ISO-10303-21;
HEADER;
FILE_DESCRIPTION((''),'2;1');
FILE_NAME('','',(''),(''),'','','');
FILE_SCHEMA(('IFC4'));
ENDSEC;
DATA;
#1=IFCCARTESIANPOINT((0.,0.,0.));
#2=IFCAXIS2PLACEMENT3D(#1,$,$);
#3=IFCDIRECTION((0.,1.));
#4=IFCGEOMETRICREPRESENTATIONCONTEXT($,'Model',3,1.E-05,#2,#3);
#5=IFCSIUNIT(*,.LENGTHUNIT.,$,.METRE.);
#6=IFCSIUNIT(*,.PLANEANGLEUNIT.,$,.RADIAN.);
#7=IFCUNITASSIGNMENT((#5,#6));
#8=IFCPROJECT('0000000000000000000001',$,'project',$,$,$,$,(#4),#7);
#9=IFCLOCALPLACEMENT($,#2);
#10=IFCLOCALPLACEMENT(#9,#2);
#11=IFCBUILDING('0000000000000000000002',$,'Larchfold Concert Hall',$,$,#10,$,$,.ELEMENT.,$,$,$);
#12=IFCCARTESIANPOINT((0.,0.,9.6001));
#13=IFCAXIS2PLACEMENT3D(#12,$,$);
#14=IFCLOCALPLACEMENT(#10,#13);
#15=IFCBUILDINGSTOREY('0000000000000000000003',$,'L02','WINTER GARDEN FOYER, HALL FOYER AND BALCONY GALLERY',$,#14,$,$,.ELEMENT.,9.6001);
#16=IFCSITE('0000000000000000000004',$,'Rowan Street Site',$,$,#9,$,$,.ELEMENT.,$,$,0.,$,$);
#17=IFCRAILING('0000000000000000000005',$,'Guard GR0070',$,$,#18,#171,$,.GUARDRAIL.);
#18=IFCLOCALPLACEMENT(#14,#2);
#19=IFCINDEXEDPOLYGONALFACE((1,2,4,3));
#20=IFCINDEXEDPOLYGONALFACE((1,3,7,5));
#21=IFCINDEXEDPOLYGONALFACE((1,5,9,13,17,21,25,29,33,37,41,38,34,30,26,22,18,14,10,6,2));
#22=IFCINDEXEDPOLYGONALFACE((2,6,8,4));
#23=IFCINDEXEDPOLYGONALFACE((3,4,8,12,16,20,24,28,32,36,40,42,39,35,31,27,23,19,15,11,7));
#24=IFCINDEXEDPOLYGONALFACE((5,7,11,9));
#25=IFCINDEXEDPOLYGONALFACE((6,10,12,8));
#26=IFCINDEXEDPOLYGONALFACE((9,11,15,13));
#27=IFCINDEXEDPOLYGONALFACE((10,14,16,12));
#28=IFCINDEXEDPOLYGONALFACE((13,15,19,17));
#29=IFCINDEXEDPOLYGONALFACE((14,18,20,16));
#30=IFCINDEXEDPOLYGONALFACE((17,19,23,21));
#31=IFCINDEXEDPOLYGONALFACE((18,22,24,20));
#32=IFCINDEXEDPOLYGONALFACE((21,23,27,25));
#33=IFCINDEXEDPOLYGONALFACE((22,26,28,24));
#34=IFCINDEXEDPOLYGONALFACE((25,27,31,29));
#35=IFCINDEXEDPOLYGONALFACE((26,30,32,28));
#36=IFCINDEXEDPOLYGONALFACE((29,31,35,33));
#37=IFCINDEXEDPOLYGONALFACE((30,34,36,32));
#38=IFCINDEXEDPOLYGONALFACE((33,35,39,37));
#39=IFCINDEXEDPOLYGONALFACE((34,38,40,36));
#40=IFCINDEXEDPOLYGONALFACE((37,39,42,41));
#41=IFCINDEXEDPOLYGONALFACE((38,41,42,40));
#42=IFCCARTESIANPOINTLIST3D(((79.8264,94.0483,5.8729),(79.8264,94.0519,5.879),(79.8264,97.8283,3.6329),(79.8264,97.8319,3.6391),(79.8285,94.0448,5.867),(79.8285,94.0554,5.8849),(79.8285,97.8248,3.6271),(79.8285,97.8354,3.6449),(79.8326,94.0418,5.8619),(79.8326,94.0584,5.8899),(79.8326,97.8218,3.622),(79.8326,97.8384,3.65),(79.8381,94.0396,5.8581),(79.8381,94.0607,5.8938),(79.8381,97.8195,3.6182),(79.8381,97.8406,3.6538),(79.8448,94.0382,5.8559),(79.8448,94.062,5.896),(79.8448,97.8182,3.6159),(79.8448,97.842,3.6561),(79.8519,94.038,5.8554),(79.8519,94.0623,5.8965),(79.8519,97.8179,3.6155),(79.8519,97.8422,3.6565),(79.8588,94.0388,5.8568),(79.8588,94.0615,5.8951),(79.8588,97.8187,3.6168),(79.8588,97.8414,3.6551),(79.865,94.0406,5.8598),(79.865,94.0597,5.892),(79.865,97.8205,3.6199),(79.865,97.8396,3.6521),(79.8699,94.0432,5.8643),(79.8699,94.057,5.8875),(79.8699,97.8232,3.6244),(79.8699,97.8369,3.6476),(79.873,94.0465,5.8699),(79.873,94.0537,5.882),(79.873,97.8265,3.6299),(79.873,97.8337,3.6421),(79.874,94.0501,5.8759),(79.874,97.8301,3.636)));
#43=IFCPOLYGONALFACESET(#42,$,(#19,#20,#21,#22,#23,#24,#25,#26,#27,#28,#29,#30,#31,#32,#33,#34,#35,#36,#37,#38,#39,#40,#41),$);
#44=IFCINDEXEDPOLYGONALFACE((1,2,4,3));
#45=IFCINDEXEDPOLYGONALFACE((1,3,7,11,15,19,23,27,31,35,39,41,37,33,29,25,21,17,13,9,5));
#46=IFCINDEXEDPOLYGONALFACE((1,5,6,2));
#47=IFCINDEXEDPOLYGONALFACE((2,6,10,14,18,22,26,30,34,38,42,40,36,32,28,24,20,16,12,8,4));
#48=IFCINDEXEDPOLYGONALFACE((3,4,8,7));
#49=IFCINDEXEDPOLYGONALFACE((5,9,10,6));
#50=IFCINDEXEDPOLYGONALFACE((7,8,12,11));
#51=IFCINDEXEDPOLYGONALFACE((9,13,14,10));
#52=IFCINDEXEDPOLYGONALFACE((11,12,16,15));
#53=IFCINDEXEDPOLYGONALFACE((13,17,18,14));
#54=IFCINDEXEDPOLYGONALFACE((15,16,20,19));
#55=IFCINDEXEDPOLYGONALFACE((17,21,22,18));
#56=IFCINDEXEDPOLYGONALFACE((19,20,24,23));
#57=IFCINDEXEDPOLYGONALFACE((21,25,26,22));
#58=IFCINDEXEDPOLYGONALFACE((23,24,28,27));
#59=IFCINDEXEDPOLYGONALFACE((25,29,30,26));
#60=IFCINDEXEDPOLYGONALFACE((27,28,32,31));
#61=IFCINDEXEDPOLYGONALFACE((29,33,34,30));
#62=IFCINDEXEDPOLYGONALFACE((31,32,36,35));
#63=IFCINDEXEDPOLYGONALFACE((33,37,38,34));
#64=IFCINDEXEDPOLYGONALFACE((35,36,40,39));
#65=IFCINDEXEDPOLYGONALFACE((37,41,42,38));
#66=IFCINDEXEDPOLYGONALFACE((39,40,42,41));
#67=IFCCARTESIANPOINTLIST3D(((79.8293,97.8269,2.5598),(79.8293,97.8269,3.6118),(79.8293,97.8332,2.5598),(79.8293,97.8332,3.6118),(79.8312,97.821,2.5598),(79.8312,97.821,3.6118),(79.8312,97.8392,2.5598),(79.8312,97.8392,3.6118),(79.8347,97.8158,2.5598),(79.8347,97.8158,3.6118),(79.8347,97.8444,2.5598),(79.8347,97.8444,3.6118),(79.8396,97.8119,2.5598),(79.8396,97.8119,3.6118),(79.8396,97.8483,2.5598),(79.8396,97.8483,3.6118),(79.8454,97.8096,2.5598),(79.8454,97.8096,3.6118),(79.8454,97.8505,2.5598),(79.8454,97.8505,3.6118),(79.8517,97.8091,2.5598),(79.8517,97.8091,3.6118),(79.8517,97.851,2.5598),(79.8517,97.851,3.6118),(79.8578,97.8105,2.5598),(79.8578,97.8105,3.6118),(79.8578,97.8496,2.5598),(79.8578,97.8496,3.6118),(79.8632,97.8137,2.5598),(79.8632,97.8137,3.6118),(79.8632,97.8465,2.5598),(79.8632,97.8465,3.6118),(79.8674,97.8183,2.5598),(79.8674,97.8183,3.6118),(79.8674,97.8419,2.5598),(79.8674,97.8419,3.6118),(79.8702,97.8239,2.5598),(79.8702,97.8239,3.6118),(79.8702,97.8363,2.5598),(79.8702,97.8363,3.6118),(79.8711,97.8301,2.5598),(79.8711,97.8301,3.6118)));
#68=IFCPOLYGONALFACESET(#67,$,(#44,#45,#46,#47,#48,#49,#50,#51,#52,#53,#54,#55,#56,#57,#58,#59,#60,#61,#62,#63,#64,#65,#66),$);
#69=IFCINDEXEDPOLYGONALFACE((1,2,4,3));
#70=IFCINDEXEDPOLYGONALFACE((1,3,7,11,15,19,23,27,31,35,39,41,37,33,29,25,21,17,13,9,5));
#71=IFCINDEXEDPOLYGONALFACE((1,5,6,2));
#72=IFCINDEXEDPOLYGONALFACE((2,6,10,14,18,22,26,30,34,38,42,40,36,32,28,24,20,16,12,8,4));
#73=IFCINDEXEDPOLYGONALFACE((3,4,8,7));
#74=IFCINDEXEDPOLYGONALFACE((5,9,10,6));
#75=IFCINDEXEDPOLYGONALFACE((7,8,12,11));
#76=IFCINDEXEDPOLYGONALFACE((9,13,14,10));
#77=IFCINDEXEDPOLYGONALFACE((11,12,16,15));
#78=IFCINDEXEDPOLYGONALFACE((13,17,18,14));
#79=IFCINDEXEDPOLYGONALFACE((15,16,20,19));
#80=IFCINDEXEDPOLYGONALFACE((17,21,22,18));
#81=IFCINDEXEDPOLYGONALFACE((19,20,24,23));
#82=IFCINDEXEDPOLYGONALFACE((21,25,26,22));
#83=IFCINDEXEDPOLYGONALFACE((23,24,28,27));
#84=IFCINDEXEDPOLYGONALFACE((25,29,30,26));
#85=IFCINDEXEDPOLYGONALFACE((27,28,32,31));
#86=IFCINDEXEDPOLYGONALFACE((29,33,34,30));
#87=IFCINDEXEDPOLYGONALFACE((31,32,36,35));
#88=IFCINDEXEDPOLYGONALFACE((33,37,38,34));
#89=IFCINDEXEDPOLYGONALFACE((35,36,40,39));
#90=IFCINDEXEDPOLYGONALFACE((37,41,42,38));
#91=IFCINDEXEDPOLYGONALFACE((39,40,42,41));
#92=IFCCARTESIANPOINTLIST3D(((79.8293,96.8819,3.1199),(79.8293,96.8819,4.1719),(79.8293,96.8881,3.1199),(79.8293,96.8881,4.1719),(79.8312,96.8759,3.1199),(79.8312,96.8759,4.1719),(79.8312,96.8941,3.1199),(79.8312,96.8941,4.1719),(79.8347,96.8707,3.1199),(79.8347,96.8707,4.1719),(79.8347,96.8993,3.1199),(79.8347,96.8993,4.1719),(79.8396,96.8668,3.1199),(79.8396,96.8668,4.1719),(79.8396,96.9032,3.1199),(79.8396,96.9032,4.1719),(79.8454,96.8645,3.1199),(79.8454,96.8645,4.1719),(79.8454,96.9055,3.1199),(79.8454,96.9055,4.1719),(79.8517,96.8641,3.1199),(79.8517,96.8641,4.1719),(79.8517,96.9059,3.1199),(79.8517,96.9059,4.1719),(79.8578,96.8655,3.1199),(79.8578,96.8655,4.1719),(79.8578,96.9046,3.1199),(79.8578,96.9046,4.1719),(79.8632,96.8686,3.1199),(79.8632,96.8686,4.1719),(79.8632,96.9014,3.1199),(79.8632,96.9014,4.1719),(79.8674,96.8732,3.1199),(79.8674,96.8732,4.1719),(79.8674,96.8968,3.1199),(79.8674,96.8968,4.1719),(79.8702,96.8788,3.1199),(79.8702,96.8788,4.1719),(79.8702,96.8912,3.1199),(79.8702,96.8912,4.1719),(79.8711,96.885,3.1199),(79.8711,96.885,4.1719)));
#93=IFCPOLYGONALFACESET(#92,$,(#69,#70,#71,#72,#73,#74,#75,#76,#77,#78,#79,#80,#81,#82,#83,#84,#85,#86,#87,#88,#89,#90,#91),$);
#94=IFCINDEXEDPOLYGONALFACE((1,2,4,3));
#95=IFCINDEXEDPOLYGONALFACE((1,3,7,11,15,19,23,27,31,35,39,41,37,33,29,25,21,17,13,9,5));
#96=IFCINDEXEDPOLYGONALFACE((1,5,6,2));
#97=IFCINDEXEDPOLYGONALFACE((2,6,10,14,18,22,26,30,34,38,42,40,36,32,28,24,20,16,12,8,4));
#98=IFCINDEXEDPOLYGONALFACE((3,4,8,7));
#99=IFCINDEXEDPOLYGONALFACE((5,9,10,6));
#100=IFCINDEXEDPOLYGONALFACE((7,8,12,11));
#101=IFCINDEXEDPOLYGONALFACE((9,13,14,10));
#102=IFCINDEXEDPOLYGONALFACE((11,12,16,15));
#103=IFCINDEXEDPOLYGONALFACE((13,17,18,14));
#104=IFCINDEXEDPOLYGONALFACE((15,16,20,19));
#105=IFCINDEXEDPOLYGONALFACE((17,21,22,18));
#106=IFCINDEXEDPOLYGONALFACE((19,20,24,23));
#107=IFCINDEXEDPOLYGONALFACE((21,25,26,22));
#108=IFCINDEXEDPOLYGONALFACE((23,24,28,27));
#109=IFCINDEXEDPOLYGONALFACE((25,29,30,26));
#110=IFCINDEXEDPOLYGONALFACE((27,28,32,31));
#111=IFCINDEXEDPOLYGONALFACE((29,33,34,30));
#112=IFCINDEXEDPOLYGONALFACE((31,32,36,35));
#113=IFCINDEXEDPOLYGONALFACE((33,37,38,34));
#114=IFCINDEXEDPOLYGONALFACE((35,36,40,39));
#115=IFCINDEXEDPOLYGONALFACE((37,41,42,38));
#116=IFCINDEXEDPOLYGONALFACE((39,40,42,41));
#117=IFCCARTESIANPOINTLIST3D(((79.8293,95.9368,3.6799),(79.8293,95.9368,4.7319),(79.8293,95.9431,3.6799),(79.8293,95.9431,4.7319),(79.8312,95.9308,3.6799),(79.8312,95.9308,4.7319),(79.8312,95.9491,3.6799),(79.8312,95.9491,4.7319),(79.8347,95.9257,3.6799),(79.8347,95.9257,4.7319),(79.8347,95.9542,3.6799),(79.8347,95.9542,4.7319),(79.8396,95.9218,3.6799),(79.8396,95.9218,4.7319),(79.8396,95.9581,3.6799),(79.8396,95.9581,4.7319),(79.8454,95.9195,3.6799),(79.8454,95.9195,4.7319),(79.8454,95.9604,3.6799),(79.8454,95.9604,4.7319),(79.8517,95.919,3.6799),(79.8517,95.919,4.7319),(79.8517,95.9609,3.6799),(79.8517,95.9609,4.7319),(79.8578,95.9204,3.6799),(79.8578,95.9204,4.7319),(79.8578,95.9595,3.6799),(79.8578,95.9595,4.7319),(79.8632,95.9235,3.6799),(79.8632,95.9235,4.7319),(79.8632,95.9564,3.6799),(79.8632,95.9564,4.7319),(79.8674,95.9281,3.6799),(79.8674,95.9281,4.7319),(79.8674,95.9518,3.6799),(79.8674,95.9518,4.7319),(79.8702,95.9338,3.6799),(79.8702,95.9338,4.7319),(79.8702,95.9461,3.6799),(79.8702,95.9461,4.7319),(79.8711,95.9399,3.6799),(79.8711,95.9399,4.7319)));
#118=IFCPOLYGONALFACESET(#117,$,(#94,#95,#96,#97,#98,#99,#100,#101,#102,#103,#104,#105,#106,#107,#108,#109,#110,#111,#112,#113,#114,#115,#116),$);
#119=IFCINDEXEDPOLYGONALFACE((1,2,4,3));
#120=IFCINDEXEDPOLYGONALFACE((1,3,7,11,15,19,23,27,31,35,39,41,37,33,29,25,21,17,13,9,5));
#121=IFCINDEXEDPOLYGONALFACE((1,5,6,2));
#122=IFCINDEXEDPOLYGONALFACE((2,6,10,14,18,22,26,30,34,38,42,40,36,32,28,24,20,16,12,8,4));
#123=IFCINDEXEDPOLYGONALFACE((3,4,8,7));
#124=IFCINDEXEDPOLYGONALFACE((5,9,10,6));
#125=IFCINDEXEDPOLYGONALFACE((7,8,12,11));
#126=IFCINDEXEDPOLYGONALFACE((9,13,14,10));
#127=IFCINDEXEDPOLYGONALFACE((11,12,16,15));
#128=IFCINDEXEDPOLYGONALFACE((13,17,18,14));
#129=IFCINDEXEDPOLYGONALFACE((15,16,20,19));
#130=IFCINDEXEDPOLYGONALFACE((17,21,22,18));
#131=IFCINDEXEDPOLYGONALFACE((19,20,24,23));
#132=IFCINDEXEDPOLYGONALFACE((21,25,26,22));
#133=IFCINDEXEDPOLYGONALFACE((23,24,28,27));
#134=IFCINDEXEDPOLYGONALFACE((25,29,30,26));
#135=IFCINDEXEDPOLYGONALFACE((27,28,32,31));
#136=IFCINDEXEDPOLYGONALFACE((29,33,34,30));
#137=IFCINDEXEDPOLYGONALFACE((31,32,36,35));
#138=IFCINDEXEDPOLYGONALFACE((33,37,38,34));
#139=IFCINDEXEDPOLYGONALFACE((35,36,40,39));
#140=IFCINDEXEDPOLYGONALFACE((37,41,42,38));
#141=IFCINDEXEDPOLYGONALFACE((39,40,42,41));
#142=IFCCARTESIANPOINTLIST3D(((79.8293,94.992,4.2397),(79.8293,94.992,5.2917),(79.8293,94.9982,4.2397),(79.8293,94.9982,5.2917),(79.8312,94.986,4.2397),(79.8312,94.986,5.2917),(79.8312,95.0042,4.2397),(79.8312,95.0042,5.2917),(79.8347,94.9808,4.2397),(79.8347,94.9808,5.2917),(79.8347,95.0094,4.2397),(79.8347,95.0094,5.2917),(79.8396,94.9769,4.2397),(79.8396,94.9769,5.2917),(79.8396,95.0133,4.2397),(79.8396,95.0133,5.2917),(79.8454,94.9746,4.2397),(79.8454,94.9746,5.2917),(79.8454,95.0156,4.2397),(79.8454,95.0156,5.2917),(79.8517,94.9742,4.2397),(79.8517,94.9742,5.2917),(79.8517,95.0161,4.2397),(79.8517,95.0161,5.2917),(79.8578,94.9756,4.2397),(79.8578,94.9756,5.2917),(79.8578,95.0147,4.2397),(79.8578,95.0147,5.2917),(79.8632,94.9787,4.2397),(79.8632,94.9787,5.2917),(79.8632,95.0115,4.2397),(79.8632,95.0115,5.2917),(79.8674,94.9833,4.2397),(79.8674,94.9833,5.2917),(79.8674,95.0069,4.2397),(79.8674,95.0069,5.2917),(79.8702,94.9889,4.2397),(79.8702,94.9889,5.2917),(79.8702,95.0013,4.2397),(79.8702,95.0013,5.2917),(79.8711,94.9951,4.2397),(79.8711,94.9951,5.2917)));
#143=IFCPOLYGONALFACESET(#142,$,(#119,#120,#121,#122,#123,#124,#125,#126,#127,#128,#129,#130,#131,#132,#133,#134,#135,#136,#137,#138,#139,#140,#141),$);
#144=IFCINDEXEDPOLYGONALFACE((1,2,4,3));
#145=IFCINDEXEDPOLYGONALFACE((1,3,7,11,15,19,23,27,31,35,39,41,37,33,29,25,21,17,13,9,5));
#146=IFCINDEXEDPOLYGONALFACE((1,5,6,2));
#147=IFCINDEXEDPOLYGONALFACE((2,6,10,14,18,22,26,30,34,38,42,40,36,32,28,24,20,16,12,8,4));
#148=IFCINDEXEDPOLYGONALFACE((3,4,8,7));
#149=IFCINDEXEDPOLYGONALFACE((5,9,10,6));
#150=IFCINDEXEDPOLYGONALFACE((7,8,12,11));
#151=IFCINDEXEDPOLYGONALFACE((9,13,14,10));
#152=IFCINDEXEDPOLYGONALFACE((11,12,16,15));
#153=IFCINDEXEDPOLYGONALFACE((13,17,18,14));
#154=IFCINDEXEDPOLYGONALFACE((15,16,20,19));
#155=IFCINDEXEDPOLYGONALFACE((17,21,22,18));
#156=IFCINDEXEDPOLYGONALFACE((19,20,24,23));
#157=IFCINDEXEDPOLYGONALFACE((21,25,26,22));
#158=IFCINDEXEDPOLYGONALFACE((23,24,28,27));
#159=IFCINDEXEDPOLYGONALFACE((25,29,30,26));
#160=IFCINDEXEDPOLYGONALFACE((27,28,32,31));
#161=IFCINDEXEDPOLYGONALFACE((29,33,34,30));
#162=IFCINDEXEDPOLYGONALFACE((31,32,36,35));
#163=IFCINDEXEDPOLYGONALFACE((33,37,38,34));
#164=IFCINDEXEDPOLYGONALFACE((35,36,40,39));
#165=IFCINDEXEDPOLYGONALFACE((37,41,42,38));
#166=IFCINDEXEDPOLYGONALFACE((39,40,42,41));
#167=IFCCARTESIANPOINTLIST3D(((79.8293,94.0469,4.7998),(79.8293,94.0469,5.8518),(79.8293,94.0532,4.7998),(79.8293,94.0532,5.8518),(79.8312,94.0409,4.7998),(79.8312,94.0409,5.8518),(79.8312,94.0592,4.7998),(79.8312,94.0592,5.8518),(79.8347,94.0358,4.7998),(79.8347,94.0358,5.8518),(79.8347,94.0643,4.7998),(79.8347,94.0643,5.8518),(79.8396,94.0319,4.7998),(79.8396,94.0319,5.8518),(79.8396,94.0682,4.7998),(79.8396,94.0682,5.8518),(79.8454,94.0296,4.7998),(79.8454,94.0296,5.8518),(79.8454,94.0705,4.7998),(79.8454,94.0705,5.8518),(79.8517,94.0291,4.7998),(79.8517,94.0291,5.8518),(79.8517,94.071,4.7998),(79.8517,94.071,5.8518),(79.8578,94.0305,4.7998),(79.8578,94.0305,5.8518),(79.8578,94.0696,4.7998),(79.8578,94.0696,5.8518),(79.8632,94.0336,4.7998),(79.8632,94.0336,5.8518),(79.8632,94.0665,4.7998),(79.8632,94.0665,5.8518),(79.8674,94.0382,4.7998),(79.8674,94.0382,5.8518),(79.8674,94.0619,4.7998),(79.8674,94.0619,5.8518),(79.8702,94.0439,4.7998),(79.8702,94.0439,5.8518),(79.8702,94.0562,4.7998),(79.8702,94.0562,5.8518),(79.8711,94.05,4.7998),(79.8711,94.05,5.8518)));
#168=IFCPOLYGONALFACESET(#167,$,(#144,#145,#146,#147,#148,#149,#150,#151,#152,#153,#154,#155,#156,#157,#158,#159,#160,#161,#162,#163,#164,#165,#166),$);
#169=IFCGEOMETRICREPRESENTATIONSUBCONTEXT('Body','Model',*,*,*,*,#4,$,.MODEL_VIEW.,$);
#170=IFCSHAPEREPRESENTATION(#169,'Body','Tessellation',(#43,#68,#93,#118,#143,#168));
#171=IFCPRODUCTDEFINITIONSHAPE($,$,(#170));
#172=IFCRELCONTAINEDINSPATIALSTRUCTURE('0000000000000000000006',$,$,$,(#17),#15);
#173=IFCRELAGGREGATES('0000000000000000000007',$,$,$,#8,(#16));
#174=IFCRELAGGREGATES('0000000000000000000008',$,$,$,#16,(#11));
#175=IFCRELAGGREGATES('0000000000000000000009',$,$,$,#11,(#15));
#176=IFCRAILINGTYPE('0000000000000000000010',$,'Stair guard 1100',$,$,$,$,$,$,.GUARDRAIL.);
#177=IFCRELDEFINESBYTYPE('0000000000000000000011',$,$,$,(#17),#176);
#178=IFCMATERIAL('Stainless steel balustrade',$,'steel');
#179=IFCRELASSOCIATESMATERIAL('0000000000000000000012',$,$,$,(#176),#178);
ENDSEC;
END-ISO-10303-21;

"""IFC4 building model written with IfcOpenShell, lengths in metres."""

from ifc_helpers import new_model, si_unit, direction, frame, origin, origin_2d, place, context, subcontext, project, spatial, circle, extrude, material, type_object, element, save


model = new_model("IFC4")

# Units and contexts
model_context = context("Model", 3, precision=1e-05, world=origin(), true_north=direction((0.0, 1.0)))
body_context = subcontext(model_context, "Body", "Model", "MODEL_VIEW")
ifc_project = project(units=[si_unit("LENGTHUNIT", "METRE"), si_unit("PLANEANGLEUNIT", "RADIAN")], contexts=[model_context])

# Site, building, storey
site_placement = place(None, origin())
site = spatial("IfcSite", under=ifc_project, at=site_placement, Name="Rowan Street Site", CompositionType="ELEMENT", RefElevation=0.0)
building_placement = place(site_placement, origin())
building = spatial("IfcBuilding", under=site, at=building_placement, Name="Larchfold Concert Hall", CompositionType="ELEMENT")
storey_placement = place(building_placement, frame((0.0, 0.0, 9.6001)))
storey = spatial("IfcBuildingStorey", under=building, at=storey_placement, Name="L02", Description="WINTER GARDEN FOYER, HALL FOYER AND BALCONY GALLERY", CompositionType="ELEMENT", Elevation=9.6001)

# Railing
ifc_material_1 = material(Name="Stainless steel balustrade", Category="steel")
railing_type_1 = type_object("IfcRailingType", Name="Stair guard 1100", PredefinedType="GUARDRAIL", material=ifc_material_1)
railing_1_placement = place(storey_placement, frame((79.8501, 97.8301, 2.5598)))
element("IfcRailing", 1, at=railing_1_placement, inside=storey, type_object=railing_type_1, Name="Guard GR0070", PredefinedType="GUARDRAIL", context=body_context, shape_type="SweptSolid", body=[
    extrude(circle(Radius=0.0239, at=origin_2d()), frame((0.0, 0.0, 1.0762), z_axis=(0.0, -0.860294, 0.509798), x_axis=(1.0, 0.0, 0.0)), (0.0, 0.0, 1.0), 4.3938),
    extrude(circle(Radius=0.021, at=origin_2d()), origin(), (0.0, 0.0, 1.0), 1.052),
    extrude(circle(Radius=0.021, at=origin_2d()), frame((0.0, -0.9451, 0.5601)), (0.0, 0.0, 1.0), 1.052),
    extrude(circle(Radius=0.021, at=origin_2d()), frame((0.0, -1.8901, 1.1201)), (0.0, 0.0, 1.0), 1.052),
    extrude(circle(Radius=0.021, at=origin_2d()), frame((0.0, -2.835, 1.6799)), (0.0, 0.0, 1.0), 1.052),
    extrude(circle(Radius=0.021, at=origin_2d()), frame((0.0, -3.78, 2.24)), (0.0, 0.0, 1.0), 1.052),
])

save(model, "model.ifc")
